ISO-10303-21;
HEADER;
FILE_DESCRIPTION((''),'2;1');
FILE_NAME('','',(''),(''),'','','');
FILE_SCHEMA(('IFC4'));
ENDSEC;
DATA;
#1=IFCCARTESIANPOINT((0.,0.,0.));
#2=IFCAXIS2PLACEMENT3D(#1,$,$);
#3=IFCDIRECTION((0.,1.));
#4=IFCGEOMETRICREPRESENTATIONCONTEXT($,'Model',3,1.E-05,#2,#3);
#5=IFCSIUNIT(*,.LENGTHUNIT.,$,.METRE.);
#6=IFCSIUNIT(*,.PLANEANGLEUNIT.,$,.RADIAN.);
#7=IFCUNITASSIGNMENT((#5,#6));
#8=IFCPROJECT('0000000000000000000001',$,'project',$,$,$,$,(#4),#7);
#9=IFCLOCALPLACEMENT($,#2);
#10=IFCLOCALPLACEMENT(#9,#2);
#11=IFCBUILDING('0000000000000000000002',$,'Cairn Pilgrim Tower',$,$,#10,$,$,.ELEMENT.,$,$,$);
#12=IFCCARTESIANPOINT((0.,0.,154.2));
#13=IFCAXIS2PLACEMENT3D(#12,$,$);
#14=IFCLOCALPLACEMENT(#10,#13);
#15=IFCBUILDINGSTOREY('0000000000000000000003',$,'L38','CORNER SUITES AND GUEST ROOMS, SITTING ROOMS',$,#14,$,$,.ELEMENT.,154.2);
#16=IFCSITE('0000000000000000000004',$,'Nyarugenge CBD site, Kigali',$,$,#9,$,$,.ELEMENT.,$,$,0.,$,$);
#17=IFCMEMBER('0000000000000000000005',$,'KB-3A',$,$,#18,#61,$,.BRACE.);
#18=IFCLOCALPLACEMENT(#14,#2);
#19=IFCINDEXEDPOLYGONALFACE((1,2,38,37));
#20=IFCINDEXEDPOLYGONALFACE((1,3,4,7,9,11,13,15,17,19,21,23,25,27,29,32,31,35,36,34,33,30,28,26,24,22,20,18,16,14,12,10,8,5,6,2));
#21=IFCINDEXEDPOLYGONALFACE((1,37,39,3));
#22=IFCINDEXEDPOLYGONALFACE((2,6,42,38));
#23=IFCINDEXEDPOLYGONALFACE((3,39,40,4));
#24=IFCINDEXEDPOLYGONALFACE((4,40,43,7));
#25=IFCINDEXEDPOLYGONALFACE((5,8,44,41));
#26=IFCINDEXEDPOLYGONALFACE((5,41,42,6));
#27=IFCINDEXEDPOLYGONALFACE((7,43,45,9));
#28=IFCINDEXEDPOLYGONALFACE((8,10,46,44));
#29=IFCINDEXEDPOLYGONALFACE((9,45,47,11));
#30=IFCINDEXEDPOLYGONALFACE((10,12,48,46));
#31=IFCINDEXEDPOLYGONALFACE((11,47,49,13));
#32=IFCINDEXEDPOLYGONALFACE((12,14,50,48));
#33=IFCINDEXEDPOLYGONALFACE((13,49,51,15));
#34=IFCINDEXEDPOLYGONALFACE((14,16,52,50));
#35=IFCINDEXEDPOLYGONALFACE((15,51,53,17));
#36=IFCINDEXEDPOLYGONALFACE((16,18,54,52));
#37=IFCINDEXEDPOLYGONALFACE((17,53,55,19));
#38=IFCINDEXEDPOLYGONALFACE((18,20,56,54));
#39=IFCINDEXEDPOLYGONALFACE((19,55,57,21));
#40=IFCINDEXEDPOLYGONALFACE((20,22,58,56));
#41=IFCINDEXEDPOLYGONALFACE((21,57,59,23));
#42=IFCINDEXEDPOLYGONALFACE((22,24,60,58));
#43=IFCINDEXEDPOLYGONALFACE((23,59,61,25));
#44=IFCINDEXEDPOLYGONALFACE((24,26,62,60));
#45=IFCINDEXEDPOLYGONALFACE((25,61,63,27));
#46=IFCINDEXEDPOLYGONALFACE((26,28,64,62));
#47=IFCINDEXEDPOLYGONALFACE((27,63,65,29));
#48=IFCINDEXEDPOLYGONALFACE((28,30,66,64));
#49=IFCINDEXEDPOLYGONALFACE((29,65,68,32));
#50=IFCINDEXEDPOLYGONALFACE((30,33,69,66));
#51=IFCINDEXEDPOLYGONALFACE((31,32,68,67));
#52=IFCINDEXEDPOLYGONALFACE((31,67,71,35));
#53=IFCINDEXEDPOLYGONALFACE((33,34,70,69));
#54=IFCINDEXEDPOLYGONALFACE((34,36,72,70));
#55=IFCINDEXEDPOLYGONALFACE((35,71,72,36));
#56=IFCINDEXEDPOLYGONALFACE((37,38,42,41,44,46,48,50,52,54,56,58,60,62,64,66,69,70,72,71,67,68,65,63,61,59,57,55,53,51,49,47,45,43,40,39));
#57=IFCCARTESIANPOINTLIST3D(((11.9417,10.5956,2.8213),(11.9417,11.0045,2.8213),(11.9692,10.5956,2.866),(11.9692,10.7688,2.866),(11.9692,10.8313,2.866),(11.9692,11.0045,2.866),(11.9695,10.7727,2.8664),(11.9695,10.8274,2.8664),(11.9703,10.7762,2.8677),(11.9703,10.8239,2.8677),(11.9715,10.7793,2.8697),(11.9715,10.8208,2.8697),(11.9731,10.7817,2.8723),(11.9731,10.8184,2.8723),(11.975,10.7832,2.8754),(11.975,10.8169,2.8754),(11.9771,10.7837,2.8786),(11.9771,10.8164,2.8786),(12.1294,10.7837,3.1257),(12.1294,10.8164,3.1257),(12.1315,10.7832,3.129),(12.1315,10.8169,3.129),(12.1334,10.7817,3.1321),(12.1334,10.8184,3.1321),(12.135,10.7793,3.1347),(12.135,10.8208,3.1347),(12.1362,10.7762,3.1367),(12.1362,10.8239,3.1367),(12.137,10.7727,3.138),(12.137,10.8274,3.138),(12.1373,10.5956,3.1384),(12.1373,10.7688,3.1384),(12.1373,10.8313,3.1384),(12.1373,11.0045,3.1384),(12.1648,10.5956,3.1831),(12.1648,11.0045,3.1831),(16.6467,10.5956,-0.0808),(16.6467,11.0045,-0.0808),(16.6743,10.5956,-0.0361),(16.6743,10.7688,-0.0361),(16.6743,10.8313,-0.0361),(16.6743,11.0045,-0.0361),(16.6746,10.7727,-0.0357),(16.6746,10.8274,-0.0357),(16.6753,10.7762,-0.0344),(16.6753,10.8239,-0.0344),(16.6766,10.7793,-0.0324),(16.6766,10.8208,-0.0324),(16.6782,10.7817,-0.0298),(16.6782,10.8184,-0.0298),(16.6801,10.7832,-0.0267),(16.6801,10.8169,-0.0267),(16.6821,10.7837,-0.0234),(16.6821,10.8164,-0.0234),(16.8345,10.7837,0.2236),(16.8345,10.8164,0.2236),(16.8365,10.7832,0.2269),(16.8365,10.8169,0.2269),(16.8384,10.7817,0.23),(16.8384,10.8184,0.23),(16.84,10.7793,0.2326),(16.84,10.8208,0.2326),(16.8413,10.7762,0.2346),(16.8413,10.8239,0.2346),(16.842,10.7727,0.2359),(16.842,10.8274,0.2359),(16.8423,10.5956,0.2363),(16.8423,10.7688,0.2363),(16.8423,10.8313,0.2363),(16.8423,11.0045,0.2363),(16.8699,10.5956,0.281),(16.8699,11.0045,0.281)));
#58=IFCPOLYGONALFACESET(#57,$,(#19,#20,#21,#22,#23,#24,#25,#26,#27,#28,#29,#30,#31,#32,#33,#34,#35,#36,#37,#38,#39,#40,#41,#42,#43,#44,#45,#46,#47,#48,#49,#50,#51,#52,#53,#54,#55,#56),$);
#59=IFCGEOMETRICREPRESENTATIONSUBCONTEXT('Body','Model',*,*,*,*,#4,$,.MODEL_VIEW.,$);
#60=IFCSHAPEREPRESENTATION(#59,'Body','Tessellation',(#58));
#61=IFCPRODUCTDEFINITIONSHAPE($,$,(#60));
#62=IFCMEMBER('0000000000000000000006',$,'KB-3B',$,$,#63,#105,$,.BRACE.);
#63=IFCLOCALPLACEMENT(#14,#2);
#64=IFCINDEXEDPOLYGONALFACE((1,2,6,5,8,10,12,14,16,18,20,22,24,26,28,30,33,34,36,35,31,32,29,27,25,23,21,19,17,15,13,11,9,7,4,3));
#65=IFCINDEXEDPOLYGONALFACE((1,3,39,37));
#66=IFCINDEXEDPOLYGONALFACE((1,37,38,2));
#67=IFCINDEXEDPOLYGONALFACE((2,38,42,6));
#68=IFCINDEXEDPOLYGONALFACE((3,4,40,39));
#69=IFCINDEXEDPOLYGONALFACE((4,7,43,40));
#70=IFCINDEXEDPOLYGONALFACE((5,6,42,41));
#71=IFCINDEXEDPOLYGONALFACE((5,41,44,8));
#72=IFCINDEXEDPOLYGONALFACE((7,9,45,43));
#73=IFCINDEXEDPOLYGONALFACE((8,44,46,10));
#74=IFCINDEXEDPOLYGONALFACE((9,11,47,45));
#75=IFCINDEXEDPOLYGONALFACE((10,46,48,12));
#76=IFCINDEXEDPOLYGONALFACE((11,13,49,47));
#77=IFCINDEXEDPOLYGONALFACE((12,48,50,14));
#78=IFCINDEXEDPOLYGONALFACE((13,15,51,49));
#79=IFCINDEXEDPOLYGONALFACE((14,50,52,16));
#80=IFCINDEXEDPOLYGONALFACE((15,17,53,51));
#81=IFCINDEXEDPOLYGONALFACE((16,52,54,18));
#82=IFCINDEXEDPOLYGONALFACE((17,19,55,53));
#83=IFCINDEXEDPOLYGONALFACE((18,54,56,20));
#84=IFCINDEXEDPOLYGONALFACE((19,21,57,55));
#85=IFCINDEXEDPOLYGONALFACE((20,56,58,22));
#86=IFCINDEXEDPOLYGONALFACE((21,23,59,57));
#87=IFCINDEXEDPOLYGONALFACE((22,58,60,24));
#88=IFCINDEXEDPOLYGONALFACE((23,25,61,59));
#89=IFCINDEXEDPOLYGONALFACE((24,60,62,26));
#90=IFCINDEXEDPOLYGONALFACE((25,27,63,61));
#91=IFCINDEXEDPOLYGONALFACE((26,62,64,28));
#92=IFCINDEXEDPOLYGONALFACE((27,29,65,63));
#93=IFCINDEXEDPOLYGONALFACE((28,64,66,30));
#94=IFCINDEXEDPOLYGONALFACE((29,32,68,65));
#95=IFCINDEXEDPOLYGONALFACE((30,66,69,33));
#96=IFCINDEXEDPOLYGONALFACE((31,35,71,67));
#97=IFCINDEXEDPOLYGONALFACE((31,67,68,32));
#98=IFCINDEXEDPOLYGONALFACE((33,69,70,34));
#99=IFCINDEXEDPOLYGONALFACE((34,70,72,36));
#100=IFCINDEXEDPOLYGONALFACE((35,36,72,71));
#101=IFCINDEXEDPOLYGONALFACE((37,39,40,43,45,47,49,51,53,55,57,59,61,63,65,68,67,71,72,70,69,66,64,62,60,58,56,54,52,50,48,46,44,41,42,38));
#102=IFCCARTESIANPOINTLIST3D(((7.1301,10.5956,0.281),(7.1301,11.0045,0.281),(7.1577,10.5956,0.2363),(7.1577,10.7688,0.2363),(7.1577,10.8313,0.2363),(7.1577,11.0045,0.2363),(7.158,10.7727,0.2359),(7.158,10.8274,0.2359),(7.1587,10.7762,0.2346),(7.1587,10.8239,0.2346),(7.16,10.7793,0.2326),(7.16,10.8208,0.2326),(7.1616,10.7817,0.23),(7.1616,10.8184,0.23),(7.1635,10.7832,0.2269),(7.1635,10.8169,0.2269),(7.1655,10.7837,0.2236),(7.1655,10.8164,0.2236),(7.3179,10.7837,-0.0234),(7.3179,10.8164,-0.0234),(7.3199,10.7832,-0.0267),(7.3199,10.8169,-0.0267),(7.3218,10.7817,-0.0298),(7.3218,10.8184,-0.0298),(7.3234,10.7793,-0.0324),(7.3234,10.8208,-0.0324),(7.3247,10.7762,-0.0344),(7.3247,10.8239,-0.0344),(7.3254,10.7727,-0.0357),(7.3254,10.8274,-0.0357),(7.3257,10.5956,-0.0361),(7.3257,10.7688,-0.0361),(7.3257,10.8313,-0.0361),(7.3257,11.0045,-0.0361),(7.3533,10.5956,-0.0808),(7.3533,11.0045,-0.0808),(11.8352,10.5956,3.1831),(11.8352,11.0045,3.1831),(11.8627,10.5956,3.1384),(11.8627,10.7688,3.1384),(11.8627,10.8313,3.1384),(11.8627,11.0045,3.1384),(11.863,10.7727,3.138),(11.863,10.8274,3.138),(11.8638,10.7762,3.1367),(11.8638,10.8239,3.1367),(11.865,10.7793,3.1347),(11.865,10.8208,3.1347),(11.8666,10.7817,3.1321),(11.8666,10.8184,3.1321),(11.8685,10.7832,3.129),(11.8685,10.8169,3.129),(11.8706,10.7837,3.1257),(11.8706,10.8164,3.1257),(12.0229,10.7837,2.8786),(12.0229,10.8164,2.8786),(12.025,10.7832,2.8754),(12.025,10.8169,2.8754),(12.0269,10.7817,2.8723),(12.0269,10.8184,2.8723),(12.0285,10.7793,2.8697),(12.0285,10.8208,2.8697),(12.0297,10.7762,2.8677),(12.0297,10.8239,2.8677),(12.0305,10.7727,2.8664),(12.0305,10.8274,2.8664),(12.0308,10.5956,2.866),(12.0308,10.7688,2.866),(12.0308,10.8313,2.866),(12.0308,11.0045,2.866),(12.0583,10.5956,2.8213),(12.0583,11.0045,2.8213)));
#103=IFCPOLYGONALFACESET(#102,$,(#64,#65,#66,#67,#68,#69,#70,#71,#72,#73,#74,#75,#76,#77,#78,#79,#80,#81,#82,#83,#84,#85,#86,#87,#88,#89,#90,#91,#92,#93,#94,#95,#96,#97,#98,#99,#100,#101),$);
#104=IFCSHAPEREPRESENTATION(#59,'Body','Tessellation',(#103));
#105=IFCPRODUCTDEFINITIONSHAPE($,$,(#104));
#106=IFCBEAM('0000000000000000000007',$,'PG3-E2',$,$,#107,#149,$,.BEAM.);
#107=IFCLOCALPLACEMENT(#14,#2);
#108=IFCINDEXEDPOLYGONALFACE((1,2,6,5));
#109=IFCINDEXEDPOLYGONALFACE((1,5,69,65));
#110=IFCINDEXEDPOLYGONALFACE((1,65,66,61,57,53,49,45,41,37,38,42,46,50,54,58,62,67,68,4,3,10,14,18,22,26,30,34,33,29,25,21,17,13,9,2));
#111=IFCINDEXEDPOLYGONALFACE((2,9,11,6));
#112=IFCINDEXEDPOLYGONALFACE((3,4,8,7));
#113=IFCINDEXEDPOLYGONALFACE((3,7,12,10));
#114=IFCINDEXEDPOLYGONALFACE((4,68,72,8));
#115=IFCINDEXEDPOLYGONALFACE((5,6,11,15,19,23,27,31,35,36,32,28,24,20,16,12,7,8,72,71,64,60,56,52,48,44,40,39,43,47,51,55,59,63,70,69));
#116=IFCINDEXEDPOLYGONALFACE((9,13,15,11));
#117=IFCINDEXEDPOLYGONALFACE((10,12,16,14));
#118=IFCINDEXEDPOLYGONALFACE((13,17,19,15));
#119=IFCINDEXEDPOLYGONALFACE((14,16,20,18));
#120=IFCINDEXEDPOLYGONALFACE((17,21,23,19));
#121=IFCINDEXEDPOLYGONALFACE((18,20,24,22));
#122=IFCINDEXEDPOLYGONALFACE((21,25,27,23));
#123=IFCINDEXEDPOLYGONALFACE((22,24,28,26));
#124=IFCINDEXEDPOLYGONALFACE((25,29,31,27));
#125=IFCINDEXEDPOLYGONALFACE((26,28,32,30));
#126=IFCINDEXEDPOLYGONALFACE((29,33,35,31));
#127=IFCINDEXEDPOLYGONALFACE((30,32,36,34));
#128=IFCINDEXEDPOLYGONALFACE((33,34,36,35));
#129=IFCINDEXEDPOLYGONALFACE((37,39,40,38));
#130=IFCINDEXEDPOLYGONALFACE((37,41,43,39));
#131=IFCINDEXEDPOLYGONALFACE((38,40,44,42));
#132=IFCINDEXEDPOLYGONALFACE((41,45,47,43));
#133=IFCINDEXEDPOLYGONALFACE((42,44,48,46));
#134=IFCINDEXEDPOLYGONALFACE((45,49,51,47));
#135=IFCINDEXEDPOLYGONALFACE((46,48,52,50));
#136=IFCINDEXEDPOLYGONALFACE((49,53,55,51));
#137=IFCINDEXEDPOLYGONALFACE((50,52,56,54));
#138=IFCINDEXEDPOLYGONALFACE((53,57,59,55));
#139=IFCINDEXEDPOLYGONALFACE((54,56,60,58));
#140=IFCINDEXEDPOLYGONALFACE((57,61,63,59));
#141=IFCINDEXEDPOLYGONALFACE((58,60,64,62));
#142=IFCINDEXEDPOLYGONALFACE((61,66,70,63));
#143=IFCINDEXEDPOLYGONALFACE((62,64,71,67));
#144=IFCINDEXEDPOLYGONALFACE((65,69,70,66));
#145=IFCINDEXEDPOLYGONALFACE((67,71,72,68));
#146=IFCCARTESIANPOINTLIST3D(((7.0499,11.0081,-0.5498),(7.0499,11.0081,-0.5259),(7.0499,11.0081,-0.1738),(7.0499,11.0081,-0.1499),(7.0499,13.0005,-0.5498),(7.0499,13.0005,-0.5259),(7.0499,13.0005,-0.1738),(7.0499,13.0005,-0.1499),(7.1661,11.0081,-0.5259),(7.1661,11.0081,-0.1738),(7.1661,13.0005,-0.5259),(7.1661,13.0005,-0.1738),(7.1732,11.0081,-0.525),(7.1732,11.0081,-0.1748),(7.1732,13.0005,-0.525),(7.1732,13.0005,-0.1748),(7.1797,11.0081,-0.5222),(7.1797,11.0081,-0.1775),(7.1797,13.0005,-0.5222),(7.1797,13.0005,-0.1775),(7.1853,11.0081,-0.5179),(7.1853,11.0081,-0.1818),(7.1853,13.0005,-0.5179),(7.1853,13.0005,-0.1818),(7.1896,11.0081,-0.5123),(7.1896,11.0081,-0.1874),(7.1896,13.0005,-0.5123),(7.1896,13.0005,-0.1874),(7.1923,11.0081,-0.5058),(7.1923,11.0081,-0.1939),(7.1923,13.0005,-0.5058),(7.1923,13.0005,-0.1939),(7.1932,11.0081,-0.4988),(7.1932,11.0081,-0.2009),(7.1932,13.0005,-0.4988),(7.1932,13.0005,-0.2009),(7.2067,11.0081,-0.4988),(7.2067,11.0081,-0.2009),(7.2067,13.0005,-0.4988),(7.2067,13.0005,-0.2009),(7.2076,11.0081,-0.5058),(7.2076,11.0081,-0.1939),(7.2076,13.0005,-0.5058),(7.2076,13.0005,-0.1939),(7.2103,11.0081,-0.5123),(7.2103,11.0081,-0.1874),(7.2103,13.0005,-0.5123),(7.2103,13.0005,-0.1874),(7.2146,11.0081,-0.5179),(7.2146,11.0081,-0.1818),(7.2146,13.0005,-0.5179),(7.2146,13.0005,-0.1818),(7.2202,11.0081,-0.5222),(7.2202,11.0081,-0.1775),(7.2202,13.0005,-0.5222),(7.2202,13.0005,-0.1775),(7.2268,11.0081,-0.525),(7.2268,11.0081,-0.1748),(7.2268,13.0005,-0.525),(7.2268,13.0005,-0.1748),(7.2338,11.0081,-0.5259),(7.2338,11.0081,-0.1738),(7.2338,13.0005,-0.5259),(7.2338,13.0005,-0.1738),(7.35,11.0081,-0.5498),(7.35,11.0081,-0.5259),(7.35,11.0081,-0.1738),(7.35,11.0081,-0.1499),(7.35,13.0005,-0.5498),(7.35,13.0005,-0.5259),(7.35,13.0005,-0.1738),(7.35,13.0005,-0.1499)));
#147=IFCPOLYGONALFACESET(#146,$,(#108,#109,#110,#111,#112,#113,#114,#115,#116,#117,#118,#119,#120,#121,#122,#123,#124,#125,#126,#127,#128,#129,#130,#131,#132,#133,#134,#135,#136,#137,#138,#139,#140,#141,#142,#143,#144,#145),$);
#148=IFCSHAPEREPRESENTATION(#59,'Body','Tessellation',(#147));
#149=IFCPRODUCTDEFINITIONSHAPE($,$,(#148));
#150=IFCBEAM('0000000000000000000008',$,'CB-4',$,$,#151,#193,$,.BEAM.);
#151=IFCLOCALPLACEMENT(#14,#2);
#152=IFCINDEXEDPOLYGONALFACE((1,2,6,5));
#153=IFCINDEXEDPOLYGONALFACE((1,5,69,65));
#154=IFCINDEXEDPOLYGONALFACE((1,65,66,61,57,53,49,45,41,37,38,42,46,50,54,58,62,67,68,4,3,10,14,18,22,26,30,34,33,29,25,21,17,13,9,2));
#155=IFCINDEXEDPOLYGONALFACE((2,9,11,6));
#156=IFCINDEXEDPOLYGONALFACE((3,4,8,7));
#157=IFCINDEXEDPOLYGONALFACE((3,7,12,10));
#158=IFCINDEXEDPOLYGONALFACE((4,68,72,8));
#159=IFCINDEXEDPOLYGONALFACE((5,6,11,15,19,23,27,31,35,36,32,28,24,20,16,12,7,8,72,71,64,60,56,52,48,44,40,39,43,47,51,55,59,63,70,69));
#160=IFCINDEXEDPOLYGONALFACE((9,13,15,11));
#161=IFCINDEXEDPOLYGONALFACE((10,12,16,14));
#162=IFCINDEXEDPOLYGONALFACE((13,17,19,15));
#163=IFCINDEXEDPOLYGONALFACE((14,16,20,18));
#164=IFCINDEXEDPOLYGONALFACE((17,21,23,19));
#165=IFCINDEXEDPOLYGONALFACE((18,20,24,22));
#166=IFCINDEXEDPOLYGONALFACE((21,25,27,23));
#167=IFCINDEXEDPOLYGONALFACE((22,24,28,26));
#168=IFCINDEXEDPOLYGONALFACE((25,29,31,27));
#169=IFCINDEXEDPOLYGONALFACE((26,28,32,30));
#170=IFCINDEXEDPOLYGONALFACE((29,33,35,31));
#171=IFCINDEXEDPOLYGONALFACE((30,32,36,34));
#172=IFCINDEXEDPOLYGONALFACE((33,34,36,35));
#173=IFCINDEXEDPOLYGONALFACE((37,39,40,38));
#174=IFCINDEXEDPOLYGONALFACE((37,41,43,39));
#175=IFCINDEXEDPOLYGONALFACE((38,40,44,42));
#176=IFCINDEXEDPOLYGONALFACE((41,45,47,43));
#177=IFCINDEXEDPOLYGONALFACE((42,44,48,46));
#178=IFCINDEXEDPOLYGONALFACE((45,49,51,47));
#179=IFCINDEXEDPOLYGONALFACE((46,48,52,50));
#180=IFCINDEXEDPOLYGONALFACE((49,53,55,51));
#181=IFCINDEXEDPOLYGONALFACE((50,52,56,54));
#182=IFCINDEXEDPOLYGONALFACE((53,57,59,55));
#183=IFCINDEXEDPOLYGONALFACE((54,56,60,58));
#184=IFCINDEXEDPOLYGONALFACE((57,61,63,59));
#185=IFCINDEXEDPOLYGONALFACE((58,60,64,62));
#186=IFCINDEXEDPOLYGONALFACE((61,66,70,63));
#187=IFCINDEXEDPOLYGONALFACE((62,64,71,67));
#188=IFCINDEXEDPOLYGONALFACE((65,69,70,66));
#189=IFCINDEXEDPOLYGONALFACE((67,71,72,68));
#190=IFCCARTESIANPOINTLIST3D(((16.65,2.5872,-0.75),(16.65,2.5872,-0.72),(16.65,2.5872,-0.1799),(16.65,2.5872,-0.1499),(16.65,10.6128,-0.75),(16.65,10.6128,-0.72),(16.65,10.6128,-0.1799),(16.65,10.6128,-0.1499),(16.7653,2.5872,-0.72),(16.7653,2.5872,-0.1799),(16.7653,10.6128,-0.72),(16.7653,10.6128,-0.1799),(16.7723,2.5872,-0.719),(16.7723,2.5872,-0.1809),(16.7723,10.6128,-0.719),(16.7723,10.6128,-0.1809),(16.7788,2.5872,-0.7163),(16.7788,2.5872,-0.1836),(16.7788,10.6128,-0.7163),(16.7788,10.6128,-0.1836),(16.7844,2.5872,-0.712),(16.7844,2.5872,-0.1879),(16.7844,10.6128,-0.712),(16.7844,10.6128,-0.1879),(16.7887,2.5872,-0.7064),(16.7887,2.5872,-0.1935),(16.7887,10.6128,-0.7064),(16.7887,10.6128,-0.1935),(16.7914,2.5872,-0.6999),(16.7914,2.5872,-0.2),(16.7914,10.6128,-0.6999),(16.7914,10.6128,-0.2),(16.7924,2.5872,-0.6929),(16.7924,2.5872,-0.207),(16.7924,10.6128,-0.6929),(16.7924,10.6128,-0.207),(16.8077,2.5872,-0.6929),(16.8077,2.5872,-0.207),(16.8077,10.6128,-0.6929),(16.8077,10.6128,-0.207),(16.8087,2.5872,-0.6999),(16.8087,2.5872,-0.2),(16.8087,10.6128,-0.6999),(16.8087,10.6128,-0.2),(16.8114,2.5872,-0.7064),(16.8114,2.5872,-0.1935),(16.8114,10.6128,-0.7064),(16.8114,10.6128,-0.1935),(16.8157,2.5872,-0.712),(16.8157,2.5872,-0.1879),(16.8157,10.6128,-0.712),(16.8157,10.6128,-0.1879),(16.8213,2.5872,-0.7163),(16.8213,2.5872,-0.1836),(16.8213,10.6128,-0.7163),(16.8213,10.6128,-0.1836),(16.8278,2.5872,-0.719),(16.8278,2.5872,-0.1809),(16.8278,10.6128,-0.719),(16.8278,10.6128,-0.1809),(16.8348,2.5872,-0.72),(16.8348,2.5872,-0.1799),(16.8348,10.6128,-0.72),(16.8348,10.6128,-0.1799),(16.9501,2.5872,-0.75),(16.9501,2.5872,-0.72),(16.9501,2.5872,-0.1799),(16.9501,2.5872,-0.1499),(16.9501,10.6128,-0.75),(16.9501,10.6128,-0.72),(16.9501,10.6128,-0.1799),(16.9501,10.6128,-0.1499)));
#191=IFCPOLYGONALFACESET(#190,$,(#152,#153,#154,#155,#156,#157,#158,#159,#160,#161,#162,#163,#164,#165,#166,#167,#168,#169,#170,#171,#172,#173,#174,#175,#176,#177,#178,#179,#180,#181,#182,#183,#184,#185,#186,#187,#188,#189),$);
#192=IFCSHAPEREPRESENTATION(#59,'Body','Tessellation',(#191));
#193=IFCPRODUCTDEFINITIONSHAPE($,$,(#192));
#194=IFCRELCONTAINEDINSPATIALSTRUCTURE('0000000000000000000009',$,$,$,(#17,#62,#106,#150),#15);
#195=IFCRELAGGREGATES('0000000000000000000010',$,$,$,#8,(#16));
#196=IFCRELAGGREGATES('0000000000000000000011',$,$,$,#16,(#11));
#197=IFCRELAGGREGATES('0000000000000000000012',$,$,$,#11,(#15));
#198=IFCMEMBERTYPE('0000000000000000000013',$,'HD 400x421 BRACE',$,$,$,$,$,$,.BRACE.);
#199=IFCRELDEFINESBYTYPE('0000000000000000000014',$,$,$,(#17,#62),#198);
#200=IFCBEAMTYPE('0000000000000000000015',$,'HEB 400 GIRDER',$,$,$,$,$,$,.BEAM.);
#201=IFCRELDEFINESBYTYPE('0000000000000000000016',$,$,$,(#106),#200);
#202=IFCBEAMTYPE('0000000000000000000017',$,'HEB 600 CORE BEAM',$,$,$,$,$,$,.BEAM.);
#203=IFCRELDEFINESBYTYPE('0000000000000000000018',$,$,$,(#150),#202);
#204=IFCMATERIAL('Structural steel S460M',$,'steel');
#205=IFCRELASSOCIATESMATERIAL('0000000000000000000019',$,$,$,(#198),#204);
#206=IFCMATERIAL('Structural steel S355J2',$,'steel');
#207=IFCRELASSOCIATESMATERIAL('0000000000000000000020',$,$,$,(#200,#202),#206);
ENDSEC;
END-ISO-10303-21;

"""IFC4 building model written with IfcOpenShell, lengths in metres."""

from ifc_helpers import new_model, si_unit, direction, frame, origin, origin_2d, place, context, subcontext, project, spatial, i_section, extrude, material, material_profile, profile_set, type_object, element, save


model = new_model("IFC4")

# Units and contexts
model_context = context("Model", 3, precision=1e-05, world=origin(), true_north=direction((0.0, 1.0)))
body_context = subcontext(model_context, "Body", "Model", "MODEL_VIEW")
ifc_project = project(units=[si_unit("LENGTHUNIT", "METRE"), si_unit("PLANEANGLEUNIT", "RADIAN")], contexts=[model_context])

# Site, building, storey
site_placement = place(None, origin())
site = spatial("IfcSite", under=ifc_project, at=site_placement, Name="Nyarugenge CBD site, Kigali", CompositionType="ELEMENT", RefElevation=0.0)
building_placement = place(site_placement, origin())
building = spatial("IfcBuilding", under=site, at=building_placement, Name="Cairn Pilgrim Tower", CompositionType="ELEMENT")
storey_placement = place(building_placement, frame((0.0, 0.0, 154.2)))
storey = spatial("IfcBuildingStorey", under=building, at=storey_placement, Name="L38", Description="CORNER SUITES AND GUEST ROOMS, SITTING ROOMS", CompositionType="ELEMENT", Elevation=154.2)

# Shared definitions
ifc_material_1 = material(Name="Structural steel S355J2", Category="steel")
ifc_material_2 = material(Name="Structural steel S460M", Category="steel")

# Members
ifc_material_profile_1 = material_profile(ifc_material_2, i_section(OverallWidth=0.4089, OverallDepth=0.425, WebThickness=0.0327, FlangeThickness=0.0525, FilletRadius=0.0149, at=origin_2d()), Name="HD 400x421")
ifc_profile_set_1 = profile_set([ifc_material_profile_1], Name="Structural steel S460M")
member_type = type_object("IfcMemberType", Name="HD 400x421 BRACE", PredefinedType="BRACE", material=ifc_profile_set_1)
for number, where, z_axis, x_axis, name in (
    (1, (16.7583, 10.8, 0.1001), (-0.85112, 0.0, 0.524972), (0.0, -1.0, 0.0), "KB-3A"),
    (2, (7.2417, 10.8, 0.1001), (0.85112, 0.0, 0.524972), (0.0, 1.0, 0.0), "KB-3B"),
):
    element("IfcMember", number, at=place(storey_placement, frame(where, z_axis=z_axis, x_axis=x_axis)), inside=storey, type_object=member_type, Name=name, PredefinedType="BRACE", context=body_context, shape_type="SweptSolid", body=[
        extrude(i_section(OverallWidth=0.4089, OverallDepth=0.425, WebThickness=0.0327, FlangeThickness=0.0525, FilletRadius=0.0149, at=origin_2d()), origin(), (0.0, 0.0, 1.0), 5.5281),
    ])

# Beams
ifc_material_profile_2 = material_profile(ifc_material_1, i_section(OverallWidth=0.3, OverallDepth=0.3999, WebThickness=0.0134, FlangeThickness=0.0239, FilletRadius=0.0271, at=origin_2d()), Name="HEB 400")
ifc_profile_set_2 = profile_set([ifc_material_profile_2], Name="Structural steel S355J2")
beam_type_1 = type_object("IfcBeamType", Name="HEB 400 GIRDER", PredefinedType="BEAM", material=ifc_profile_set_2)
beam_1_placement = place(storey_placement, frame((7.2, 11.0081, -0.3499), z_axis=(0.0, 1.0, 0.0), x_axis=(-1.0, 0.0, 0.0)))
element("IfcBeam", 3, at=beam_1_placement, inside=storey, type_object=beam_type_1, Name="PG3-E2", PredefinedType="BEAM", context=body_context, shape_type="SweptSolid", body=[
    extrude(i_section(OverallWidth=0.3, OverallDepth=0.3999, WebThickness=0.0134, FlangeThickness=0.0239, FilletRadius=0.0271, at=origin_2d()), origin(), (0.0, 0.0, 1.0), 1.9924),
])
ifc_material_profile_3 = material_profile(ifc_material_1, i_section(OverallWidth=0.3, OverallDepth=0.6001, WebThickness=0.0154, FlangeThickness=0.03, FilletRadius=0.0271, at=origin_2d()), Name="HEB 600")
ifc_profile_set_3 = profile_set([ifc_material_profile_3], Name="Structural steel S355J2")
beam_type_2 = type_object("IfcBeamType", Name="HEB 600 CORE BEAM", PredefinedType="BEAM", material=ifc_profile_set_3)
beam_2_placement = place(storey_placement, frame((16.8, 2.5872, -0.45), z_axis=(0.0, 1.0, 0.0), x_axis=(-1.0, 0.0, 0.0)))
element("IfcBeam", 4, at=beam_2_placement, inside=storey, type_object=beam_type_2, Name="CB-4", PredefinedType="BEAM", context=body_context, shape_type="SweptSolid", body=[
    extrude(i_section(OverallWidth=0.3, OverallDepth=0.6001, WebThickness=0.0154, FlangeThickness=0.03, FilletRadius=0.0271, at=origin_2d()), origin(), (0.0, 0.0, 1.0), 8.0256),
])

save(model, "model.ifc")
